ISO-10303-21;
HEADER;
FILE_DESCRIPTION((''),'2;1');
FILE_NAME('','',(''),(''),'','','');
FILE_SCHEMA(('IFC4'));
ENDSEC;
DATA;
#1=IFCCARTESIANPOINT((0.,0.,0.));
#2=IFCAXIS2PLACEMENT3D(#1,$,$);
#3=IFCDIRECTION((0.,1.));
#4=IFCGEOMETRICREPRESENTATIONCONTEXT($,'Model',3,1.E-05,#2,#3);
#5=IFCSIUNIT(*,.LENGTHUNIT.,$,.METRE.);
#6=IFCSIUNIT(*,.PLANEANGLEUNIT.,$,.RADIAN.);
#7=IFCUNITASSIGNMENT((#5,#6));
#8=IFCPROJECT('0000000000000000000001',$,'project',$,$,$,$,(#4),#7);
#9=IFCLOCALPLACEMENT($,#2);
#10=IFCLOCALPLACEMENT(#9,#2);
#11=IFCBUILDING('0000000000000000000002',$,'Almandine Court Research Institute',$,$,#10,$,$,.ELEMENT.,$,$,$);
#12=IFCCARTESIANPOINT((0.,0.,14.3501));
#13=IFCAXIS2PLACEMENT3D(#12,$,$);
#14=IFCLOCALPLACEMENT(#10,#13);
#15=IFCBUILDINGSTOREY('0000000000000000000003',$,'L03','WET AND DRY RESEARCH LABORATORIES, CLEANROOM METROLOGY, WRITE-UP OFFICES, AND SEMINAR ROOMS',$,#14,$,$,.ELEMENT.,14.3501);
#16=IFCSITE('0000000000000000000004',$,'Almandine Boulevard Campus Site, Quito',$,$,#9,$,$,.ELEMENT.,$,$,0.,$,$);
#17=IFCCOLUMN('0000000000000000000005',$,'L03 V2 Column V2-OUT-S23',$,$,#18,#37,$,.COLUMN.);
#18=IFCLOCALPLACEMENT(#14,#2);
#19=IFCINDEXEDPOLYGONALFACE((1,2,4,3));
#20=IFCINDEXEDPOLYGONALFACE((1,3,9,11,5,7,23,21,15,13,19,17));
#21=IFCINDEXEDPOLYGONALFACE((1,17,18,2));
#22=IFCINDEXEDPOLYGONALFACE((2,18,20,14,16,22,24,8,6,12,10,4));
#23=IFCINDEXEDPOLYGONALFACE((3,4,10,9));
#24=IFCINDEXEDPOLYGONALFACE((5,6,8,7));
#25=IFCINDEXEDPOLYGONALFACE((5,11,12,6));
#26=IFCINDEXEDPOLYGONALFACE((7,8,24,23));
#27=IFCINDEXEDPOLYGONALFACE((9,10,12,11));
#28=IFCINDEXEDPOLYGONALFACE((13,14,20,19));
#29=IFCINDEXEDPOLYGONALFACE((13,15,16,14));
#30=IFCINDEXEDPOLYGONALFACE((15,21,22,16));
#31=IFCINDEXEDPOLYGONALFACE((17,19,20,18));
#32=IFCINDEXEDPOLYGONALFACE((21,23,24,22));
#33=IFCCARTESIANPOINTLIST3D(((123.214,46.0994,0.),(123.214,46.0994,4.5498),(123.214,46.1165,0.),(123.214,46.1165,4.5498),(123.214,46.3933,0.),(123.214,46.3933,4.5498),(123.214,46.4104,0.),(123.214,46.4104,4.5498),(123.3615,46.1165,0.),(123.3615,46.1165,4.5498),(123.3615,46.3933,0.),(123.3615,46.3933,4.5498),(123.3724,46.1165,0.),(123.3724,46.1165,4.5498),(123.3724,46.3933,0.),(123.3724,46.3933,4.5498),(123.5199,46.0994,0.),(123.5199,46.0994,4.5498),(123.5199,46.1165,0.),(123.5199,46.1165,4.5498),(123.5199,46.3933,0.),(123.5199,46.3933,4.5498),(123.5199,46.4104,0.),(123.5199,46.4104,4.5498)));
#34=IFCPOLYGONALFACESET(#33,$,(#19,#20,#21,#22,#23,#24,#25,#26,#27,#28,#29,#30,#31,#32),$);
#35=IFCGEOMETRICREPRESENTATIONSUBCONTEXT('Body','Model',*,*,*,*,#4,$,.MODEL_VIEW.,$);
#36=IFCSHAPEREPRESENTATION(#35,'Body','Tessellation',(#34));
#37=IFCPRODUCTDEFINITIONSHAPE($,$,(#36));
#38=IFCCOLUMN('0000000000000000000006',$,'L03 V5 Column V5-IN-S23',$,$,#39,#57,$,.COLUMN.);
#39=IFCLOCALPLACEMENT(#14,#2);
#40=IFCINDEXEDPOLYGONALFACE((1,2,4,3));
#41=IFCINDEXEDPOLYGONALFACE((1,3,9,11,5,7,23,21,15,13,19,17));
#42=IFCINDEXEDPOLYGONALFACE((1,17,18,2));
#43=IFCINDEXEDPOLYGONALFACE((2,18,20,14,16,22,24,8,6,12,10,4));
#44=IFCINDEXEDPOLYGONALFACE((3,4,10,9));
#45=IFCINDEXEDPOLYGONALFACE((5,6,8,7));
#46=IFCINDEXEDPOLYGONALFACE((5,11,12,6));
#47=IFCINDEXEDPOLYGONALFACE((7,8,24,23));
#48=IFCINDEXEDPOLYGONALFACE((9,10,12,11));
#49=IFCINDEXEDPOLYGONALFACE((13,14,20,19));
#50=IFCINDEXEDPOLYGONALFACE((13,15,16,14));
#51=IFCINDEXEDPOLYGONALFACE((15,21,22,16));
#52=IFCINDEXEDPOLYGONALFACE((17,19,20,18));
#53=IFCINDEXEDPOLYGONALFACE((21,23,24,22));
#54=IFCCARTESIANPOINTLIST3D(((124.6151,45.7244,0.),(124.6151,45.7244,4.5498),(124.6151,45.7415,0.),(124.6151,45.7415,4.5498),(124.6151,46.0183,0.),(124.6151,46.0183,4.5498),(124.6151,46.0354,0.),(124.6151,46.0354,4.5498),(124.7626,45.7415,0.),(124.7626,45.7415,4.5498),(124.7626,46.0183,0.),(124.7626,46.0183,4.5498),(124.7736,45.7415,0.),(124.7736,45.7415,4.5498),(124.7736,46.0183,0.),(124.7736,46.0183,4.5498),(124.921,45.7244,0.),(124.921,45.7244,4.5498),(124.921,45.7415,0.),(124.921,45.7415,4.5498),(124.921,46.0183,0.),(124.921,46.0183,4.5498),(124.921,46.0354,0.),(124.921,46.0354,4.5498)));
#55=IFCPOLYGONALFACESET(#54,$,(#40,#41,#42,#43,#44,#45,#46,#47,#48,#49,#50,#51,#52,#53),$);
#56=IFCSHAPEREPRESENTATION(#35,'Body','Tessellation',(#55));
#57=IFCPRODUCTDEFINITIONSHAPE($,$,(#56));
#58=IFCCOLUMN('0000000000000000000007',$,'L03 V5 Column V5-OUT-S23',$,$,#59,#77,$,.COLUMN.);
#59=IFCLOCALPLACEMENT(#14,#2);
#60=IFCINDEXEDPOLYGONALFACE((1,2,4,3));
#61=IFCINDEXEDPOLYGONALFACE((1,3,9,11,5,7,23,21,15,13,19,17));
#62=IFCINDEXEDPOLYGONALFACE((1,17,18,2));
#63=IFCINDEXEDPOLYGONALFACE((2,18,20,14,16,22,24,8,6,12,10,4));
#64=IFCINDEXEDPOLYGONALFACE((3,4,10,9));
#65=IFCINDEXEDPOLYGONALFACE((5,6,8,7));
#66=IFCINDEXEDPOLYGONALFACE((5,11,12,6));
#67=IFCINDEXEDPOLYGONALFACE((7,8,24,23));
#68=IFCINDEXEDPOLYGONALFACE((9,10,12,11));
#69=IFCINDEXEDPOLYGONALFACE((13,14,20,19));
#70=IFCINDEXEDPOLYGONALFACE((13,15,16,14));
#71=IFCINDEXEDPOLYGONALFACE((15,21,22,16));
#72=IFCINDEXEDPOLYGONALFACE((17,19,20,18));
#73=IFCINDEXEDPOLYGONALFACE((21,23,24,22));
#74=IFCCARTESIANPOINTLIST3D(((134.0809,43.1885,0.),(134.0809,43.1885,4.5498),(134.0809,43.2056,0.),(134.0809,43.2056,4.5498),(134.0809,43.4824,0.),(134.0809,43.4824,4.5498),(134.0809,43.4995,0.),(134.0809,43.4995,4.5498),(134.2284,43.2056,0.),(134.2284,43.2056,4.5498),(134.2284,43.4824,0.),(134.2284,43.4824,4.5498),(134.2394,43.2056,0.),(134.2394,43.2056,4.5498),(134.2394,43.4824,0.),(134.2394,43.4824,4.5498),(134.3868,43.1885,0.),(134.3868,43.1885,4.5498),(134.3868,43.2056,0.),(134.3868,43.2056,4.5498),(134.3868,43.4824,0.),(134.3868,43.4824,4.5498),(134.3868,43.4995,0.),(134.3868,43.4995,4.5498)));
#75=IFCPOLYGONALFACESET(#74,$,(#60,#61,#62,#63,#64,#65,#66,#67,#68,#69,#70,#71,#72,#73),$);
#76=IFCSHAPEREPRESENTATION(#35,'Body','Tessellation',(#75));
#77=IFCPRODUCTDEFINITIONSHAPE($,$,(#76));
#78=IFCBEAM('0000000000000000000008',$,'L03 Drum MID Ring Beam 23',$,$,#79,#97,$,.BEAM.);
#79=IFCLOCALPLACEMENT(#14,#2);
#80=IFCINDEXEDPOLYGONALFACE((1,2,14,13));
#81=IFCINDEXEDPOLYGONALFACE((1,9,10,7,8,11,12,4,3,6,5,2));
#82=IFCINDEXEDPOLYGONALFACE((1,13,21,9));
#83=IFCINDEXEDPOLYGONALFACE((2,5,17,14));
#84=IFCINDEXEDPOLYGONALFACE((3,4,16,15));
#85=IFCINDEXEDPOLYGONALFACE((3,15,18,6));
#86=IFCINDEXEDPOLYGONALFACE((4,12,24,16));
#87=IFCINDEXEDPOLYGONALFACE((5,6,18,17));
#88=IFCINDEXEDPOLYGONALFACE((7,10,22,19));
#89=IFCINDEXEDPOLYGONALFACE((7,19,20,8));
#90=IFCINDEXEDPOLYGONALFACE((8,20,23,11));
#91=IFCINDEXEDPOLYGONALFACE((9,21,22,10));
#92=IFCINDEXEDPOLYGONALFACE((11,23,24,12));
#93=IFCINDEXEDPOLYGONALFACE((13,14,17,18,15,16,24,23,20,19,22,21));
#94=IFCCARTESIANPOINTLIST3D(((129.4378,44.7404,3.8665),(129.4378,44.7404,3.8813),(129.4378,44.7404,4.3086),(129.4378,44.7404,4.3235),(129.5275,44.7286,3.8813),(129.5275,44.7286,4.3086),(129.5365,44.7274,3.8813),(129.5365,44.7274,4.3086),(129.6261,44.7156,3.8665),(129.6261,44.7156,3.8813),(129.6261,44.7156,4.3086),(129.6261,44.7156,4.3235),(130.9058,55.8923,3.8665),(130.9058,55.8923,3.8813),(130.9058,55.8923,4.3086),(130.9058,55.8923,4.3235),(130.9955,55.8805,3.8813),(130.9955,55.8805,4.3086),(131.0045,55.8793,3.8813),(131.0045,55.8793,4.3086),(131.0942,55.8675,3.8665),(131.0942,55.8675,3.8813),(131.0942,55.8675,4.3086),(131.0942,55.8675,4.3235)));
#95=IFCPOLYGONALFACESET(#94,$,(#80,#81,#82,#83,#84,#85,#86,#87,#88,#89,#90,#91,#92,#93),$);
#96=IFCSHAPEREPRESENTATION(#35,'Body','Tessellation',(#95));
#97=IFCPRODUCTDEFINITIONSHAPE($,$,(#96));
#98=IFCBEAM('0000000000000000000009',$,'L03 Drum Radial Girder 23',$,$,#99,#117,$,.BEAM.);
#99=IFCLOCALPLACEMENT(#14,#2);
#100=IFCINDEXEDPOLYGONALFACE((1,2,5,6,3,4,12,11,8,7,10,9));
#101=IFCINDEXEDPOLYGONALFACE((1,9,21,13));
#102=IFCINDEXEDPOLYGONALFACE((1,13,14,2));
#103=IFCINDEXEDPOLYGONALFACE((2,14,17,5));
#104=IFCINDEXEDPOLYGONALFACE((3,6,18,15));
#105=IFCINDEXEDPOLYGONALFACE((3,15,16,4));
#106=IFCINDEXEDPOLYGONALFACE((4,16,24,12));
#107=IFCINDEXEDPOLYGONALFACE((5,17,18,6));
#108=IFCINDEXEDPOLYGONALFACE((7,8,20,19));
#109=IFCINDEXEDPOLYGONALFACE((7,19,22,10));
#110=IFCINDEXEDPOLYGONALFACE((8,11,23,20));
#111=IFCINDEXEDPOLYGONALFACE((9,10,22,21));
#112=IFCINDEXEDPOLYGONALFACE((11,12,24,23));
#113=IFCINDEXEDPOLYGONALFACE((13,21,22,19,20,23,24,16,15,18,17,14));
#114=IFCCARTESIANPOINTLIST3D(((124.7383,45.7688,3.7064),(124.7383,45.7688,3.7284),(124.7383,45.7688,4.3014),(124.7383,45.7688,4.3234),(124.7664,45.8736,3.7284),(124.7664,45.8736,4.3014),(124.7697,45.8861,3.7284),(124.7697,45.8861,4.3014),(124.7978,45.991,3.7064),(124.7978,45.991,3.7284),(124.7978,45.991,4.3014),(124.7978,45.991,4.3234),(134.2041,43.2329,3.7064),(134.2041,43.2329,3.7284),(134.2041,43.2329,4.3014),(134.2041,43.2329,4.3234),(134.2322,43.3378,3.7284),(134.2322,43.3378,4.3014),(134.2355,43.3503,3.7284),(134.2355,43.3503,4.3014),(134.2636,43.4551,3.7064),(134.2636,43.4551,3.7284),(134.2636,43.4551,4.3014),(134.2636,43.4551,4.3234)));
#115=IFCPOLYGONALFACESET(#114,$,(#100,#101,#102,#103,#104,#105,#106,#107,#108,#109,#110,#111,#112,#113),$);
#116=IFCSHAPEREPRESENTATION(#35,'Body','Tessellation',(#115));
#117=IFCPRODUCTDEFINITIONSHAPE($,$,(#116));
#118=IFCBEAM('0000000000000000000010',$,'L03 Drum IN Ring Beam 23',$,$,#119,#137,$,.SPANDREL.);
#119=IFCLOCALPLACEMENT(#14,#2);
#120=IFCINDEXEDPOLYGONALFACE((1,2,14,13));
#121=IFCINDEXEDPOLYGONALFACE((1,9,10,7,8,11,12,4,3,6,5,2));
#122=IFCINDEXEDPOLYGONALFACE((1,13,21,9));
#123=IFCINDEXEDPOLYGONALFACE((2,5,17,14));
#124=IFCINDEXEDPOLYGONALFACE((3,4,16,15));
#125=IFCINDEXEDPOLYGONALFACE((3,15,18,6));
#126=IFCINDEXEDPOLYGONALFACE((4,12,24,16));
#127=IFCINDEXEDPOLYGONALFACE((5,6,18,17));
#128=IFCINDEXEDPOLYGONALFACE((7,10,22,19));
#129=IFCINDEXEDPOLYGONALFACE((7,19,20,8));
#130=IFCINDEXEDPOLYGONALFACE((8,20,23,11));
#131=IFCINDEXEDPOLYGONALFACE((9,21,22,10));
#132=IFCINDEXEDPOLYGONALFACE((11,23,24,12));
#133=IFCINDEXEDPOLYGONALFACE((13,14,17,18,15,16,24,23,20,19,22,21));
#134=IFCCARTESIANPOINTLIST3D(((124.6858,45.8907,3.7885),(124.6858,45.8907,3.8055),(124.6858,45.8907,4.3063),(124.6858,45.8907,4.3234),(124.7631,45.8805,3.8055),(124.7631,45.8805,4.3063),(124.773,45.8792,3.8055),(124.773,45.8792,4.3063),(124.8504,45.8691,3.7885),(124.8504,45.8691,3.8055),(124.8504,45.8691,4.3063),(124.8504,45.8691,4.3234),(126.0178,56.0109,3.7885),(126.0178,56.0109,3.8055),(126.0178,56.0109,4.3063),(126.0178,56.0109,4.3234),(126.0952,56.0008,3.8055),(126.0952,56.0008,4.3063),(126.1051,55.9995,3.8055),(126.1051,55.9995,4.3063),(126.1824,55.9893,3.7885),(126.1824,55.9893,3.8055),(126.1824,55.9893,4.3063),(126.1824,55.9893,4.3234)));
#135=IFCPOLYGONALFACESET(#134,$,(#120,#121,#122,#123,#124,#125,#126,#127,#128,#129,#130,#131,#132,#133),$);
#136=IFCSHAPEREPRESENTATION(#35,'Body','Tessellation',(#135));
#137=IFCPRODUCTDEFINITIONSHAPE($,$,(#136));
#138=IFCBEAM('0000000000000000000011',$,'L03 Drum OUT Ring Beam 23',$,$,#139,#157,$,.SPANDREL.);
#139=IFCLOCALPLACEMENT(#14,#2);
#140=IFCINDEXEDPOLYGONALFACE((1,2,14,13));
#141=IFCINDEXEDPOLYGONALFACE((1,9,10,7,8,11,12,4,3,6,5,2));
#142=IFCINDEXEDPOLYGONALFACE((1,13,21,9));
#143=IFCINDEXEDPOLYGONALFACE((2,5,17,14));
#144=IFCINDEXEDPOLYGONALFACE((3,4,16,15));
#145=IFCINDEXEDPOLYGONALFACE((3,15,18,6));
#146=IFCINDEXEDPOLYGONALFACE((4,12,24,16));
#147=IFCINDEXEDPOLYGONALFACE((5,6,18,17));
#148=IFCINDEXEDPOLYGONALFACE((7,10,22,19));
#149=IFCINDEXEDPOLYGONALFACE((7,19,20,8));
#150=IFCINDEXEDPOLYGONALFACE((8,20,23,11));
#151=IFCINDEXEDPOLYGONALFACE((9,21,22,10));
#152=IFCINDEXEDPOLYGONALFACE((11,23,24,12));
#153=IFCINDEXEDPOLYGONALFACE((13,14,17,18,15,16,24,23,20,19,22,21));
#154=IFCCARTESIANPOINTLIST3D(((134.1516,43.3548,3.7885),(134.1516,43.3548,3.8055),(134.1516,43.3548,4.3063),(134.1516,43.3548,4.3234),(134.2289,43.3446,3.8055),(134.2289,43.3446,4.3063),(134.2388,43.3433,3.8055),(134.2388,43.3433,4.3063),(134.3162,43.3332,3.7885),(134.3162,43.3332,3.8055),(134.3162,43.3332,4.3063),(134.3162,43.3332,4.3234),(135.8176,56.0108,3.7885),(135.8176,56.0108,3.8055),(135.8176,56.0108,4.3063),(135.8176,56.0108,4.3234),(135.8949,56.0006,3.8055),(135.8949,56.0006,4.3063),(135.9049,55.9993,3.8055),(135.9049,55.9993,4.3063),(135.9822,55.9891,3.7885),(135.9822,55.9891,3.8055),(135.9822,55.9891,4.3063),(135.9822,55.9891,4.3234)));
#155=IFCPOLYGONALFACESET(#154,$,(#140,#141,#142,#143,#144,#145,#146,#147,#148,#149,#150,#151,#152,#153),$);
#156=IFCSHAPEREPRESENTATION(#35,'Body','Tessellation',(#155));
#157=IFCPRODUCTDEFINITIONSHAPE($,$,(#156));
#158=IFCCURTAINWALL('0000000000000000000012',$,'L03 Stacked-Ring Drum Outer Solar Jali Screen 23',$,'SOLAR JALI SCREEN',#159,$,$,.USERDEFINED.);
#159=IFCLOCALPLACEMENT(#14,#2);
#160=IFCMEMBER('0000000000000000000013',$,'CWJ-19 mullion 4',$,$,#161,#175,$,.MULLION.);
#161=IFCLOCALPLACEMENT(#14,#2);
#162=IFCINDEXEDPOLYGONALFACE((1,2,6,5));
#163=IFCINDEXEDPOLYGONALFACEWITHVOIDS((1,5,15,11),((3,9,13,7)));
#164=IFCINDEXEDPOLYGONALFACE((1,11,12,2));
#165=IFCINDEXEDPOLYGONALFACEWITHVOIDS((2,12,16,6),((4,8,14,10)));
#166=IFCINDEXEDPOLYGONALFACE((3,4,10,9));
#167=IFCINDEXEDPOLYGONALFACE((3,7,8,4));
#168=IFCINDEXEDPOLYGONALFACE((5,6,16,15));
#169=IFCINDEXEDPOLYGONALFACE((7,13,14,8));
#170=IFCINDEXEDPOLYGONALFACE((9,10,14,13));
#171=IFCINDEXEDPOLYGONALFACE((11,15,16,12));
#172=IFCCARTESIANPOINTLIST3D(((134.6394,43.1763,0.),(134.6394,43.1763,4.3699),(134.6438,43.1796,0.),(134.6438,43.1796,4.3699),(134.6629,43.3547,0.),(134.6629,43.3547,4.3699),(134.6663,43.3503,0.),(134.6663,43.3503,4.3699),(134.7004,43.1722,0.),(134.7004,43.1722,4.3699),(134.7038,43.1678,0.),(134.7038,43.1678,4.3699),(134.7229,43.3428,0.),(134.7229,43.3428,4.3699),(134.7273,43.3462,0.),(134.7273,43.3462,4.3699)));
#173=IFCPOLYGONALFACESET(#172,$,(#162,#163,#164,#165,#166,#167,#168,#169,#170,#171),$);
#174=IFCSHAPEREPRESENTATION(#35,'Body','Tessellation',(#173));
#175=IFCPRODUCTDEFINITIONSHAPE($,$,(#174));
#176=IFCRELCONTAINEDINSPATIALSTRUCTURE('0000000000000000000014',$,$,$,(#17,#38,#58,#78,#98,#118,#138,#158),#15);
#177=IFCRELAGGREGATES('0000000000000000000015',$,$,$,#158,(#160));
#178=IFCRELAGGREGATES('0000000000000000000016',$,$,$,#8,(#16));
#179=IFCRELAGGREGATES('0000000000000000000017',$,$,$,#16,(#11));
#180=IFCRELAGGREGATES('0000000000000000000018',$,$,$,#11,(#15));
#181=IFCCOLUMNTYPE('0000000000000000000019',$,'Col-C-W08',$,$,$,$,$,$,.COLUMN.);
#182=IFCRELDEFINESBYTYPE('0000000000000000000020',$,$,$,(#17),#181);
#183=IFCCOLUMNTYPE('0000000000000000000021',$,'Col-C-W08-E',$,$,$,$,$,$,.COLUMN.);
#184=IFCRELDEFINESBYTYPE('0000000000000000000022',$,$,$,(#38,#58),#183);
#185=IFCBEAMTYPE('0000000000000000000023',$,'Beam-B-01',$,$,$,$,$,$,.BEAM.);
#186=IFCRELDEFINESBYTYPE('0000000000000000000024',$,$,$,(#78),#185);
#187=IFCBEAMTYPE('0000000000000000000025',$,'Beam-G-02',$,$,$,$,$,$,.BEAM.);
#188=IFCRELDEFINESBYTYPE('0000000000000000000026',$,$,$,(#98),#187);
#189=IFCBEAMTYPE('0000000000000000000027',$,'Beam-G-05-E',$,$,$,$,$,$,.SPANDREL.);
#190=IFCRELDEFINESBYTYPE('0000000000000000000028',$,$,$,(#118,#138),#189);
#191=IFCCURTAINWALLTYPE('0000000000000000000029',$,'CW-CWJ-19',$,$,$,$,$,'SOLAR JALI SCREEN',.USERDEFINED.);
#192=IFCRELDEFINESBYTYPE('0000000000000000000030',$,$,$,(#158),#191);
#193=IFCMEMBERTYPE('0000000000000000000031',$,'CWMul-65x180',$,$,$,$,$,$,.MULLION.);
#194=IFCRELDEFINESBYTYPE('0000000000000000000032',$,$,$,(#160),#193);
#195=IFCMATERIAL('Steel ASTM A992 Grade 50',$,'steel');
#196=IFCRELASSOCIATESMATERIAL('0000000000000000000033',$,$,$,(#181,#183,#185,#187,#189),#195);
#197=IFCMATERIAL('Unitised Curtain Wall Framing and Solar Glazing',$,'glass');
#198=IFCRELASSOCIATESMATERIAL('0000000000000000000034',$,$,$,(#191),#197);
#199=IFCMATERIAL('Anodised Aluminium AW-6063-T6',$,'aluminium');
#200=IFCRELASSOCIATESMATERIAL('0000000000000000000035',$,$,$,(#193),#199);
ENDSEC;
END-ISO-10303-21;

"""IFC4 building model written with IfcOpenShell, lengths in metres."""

from ifc_helpers import new_model, si_unit, direction, frame, origin, origin_2d, place, context, subcontext, project, spatial, hollow_rectangle, i_section, extrude, material, material_profile, profile_set, type_object, element, aggregate, save


model = new_model("IFC4")

# Units and contexts
model_context = context("Model", 3, precision=1e-05, world=origin(), true_north=direction((0.0, 1.0)))
body_context = subcontext(model_context, "Body", "Model", "MODEL_VIEW")
ifc_project = project(units=[si_unit("LENGTHUNIT", "METRE"), si_unit("PLANEANGLEUNIT", "RADIAN")], contexts=[model_context])

# Site, building, storey
site_placement = place(None, origin())
site = spatial("IfcSite", under=ifc_project, at=site_placement, Name="Almandine Boulevard Campus Site, Quito", CompositionType="ELEMENT", RefElevation=0.0)
building_placement = place(site_placement, origin())
building = spatial("IfcBuilding", under=site, at=building_placement, Name="Almandine Court Research Institute", CompositionType="ELEMENT")
storey_placement = place(building_placement, frame((0.0, 0.0, 14.3501)))
storey = spatial("IfcBuildingStorey", under=building, at=storey_placement, Name="L03", Description="WET AND DRY RESEARCH LABORATORIES, CLEANROOM METROLOGY, WRITE-UP OFFICES, AND SEMINAR ROOMS", CompositionType="ELEMENT", Elevation=14.3501)

# Columns
ifc_material_1 = material(Name="Steel ASTM A992 Grade 50", Category="steel")
ifc_material_profile_1 = material_profile(ifc_material_1, i_section(OverallWidth=0.3059, OverallDepth=0.311, WebThickness=0.011, FlangeThickness=0.0171, at=origin_2d()), Name="W310x107")
ifc_profile_set_1 = profile_set([ifc_material_profile_1], Name="Steel ASTM A992 Grade 50")
column_type_1 = type_object("IfcColumnType", Name="Col-C-W08", PredefinedType="COLUMN", material=ifc_profile_set_1)
column_placement = place(storey_placement, frame((123.3669, 46.2549, 0.0), z_axis=(0.0, 0.0, 1.0), x_axis=(1.0, 0.0, 0.0)))
element("IfcColumn", 1, at=column_placement, inside=storey, type_object=column_type_1, Name="L03 V2 Column V2-OUT-S23", PredefinedType="COLUMN", context=body_context, shape_type="SweptSolid", body=[
    extrude(i_section(OverallWidth=0.3059, OverallDepth=0.311, WebThickness=0.011, FlangeThickness=0.0171, at=origin_2d()), origin(), (0.0, 0.0, 1.0), 4.5498),
])
ifc_material_profile_2 = material_profile(ifc_material_1, i_section(OverallWidth=0.3059, OverallDepth=0.311, WebThickness=0.011, FlangeThickness=0.0171, at=origin_2d()), Name="W310x107")
ifc_profile_set_2 = profile_set([ifc_material_profile_2], Name="Steel ASTM A992 Grade 50")
column_type_2 = type_object("IfcColumnType", Name="Col-C-W08-E", PredefinedType="COLUMN", material=ifc_profile_set_2)
for number, where, z_axis, x_axis, name in (
    (2, (124.7681, 45.8799, 0.0), (0.0, 0.0, 1.0), (1.0, 0.0, 0.0), "L03 V5 Column V5-IN-S23"),
    (3, (134.2339, 43.344, 0.0), (0.0, 0.0, 1.0), (1.0, 0.0, 0.0), "L03 V5 Column V5-OUT-S23"),
):
    element("IfcColumn", number, at=place(storey_placement, frame(where, z_axis=z_axis, x_axis=x_axis)), inside=storey, type_object=column_type_2, Name=name, PredefinedType="COLUMN", context=body_context, shape_type="SweptSolid", body=[
        extrude(i_section(OverallWidth=0.3059, OverallDepth=0.311, WebThickness=0.011, FlangeThickness=0.0171, at=origin_2d()), origin(), (0.0, 0.0, 1.0), 4.5498),
    ])

# Beams
ifc_material_profile_3 = material_profile(ifc_material_1, i_section(OverallWidth=0.1899, OverallDepth=0.457, WebThickness=0.009, FlangeThickness=0.0149, at=origin_2d()), Name="W460x74")
ifc_profile_set_3 = profile_set([ifc_material_profile_3], Name="Steel ASTM A992 Grade 50")
beam_type_1 = type_object("IfcBeamType", Name="Beam-B-01", PredefinedType="BEAM", material=ifc_profile_set_3)
beam_1_placement = place(storey_placement, frame((129.532, 44.728, 4.095), z_axis=(0.130513, 0.991447, 0.0), x_axis=(-0.991447, 0.130513, 0.0)))
element("IfcBeam", 4, at=beam_1_placement, inside=storey, type_object=beam_type_1, Name="L03 Drum MID Ring Beam 23", PredefinedType="BEAM", context=body_context, shape_type="SweptSolid", body=[
    extrude(i_section(OverallWidth=0.1899, OverallDepth=0.457, WebThickness=0.009, FlangeThickness=0.0149, at=origin_2d()), origin(), (0.0, 0.0, 1.0), 11.248),
])
ifc_material_profile_4 = material_profile(ifc_material_1, i_section(OverallWidth=0.23, OverallDepth=0.6169, WebThickness=0.0129, FlangeThickness=0.022, at=origin_2d()), Name="W610x140")
ifc_profile_set_4 = profile_set([ifc_material_profile_4], Name="Steel ASTM A992 Grade 50")
beam_type_2 = type_object("IfcBeamType", Name="Beam-G-02", PredefinedType="BEAM", material=ifc_profile_set_4)
beam_2_placement = place(storey_placement, frame((124.7681, 45.8799, 4.0149), z_axis=(0.965938, -0.258774, 0.0), x_axis=(0.258774, 0.965938, 0.0)))
element("IfcBeam", 5, at=beam_2_placement, inside=storey, type_object=beam_type_2, Name="L03 Drum Radial Girder 23", PredefinedType="BEAM", context=body_context, shape_type="SweptSolid", body=[
    extrude(i_section(OverallWidth=0.23, OverallDepth=0.6169, WebThickness=0.0129, FlangeThickness=0.022, at=origin_2d()), origin(), (0.0, 0.0, 1.0), 9.7996),
])
ifc_material_profile_5 = material_profile(ifc_material_1, i_section(OverallWidth=0.166, OverallDepth=0.5349, WebThickness=0.01, FlangeThickness=0.0171, at=origin_2d()), Name="W530x85")
ifc_profile_set_5 = profile_set([ifc_material_profile_5], Name="Steel ASTM A992 Grade 50")
beam_type_3 = type_object("IfcBeamType", Name="Beam-G-05-E", PredefinedType="SPANDREL", material=ifc_profile_set_5)
beam_3_placement = place(storey_placement, frame((124.7681, 45.8799, 4.0559), z_axis=(0.130497, 0.991449, 0.0), x_axis=(-0.991449, 0.130497, 0.0)))
element("IfcBeam", 6, at=beam_3_placement, inside=storey, type_object=beam_type_3, Name="L03 Drum IN Ring Beam 23", PredefinedType="SPANDREL", context=body_context, shape_type="SweptSolid", body=[
    extrude(i_section(OverallWidth=0.166, OverallDepth=0.5349, WebThickness=0.01, FlangeThickness=0.0171, at=origin_2d()), origin(), (0.0, 0.0, 1.0), 10.2075),
])
beam_4_placement = place(storey_placement, frame((134.2339, 43.344, 4.0559), z_axis=(0.130512, 0.991447, 0.0), x_axis=(-0.991447, 0.130512, 0.0)))
element("IfcBeam", 7, at=beam_4_placement, inside=storey, type_object=beam_type_3, Name="L03 Drum OUT Ring Beam 23", PredefinedType="SPANDREL", context=body_context, shape_type="SweptSolid", body=[
    extrude(i_section(OverallWidth=0.166, OverallDepth=0.5349, WebThickness=0.01, FlangeThickness=0.0171, at=origin_2d()), origin(), (0.0, 0.0, 1.0), 12.7651),
])

# Curtain wall, member
ifc_material_2 = material(Name="Unitised Curtain Wall Framing and Solar Glazing", Category="glass")
curtain_wall_type = type_object("IfcCurtainWallType", Name="CW-CWJ-19", ElementType="SOLAR JALI SCREEN", PredefinedType="USERDEFINED", material=ifc_material_2)
curtain_wall_placement = place(storey_placement, origin())
curtain_wall = element("IfcCurtainWall", 8, at=curtain_wall_placement, inside=storey, type_object=curtain_wall_type, Name="L03 Stacked-Ring Drum Outer Solar Jali Screen 23", ObjectType="SOLAR JALI SCREEN", PredefinedType="USERDEFINED")
ifc_material_3 = material(Name="Anodised Aluminium AW-6063-T6", Category="aluminium")
ifc_material_profile_6 = material_profile(ifc_material_3, hollow_rectangle(XDim=0.0649, YDim=0.1799, WallThickness=0.0039, at=origin_2d()), Name="ALU RHS 65x180x4")
ifc_profile_set_6 = profile_set([ifc_material_profile_6], Name="Anodised Aluminium AW-6063-T6")
member_type_1 = type_object("IfcMemberType", Name="CWMul-65x180", PredefinedType="MULLION", material=ifc_profile_set_6)
member_1_placement = place(storey_placement, frame((134.6833, 43.2612, 0.0), z_axis=(0.0, 0.0, 1.0), x_axis=(0.991443, -0.130541, 0.0)))
member_1 = element("IfcMember", 9, at=member_1_placement, type_object=member_type_1, Name="CWJ-19 mullion 4", PredefinedType="MULLION", context=body_context, shape_type="SweptSolid", body=[
    extrude(hollow_rectangle(XDim=0.0649, YDim=0.1799, WallThickness=0.0039, at=origin_2d()), origin(), (0.0, 0.0, 1.0), 4.3699),
])
aggregate(curtain_wall, [member_1])

save(model, "model.ifc")
